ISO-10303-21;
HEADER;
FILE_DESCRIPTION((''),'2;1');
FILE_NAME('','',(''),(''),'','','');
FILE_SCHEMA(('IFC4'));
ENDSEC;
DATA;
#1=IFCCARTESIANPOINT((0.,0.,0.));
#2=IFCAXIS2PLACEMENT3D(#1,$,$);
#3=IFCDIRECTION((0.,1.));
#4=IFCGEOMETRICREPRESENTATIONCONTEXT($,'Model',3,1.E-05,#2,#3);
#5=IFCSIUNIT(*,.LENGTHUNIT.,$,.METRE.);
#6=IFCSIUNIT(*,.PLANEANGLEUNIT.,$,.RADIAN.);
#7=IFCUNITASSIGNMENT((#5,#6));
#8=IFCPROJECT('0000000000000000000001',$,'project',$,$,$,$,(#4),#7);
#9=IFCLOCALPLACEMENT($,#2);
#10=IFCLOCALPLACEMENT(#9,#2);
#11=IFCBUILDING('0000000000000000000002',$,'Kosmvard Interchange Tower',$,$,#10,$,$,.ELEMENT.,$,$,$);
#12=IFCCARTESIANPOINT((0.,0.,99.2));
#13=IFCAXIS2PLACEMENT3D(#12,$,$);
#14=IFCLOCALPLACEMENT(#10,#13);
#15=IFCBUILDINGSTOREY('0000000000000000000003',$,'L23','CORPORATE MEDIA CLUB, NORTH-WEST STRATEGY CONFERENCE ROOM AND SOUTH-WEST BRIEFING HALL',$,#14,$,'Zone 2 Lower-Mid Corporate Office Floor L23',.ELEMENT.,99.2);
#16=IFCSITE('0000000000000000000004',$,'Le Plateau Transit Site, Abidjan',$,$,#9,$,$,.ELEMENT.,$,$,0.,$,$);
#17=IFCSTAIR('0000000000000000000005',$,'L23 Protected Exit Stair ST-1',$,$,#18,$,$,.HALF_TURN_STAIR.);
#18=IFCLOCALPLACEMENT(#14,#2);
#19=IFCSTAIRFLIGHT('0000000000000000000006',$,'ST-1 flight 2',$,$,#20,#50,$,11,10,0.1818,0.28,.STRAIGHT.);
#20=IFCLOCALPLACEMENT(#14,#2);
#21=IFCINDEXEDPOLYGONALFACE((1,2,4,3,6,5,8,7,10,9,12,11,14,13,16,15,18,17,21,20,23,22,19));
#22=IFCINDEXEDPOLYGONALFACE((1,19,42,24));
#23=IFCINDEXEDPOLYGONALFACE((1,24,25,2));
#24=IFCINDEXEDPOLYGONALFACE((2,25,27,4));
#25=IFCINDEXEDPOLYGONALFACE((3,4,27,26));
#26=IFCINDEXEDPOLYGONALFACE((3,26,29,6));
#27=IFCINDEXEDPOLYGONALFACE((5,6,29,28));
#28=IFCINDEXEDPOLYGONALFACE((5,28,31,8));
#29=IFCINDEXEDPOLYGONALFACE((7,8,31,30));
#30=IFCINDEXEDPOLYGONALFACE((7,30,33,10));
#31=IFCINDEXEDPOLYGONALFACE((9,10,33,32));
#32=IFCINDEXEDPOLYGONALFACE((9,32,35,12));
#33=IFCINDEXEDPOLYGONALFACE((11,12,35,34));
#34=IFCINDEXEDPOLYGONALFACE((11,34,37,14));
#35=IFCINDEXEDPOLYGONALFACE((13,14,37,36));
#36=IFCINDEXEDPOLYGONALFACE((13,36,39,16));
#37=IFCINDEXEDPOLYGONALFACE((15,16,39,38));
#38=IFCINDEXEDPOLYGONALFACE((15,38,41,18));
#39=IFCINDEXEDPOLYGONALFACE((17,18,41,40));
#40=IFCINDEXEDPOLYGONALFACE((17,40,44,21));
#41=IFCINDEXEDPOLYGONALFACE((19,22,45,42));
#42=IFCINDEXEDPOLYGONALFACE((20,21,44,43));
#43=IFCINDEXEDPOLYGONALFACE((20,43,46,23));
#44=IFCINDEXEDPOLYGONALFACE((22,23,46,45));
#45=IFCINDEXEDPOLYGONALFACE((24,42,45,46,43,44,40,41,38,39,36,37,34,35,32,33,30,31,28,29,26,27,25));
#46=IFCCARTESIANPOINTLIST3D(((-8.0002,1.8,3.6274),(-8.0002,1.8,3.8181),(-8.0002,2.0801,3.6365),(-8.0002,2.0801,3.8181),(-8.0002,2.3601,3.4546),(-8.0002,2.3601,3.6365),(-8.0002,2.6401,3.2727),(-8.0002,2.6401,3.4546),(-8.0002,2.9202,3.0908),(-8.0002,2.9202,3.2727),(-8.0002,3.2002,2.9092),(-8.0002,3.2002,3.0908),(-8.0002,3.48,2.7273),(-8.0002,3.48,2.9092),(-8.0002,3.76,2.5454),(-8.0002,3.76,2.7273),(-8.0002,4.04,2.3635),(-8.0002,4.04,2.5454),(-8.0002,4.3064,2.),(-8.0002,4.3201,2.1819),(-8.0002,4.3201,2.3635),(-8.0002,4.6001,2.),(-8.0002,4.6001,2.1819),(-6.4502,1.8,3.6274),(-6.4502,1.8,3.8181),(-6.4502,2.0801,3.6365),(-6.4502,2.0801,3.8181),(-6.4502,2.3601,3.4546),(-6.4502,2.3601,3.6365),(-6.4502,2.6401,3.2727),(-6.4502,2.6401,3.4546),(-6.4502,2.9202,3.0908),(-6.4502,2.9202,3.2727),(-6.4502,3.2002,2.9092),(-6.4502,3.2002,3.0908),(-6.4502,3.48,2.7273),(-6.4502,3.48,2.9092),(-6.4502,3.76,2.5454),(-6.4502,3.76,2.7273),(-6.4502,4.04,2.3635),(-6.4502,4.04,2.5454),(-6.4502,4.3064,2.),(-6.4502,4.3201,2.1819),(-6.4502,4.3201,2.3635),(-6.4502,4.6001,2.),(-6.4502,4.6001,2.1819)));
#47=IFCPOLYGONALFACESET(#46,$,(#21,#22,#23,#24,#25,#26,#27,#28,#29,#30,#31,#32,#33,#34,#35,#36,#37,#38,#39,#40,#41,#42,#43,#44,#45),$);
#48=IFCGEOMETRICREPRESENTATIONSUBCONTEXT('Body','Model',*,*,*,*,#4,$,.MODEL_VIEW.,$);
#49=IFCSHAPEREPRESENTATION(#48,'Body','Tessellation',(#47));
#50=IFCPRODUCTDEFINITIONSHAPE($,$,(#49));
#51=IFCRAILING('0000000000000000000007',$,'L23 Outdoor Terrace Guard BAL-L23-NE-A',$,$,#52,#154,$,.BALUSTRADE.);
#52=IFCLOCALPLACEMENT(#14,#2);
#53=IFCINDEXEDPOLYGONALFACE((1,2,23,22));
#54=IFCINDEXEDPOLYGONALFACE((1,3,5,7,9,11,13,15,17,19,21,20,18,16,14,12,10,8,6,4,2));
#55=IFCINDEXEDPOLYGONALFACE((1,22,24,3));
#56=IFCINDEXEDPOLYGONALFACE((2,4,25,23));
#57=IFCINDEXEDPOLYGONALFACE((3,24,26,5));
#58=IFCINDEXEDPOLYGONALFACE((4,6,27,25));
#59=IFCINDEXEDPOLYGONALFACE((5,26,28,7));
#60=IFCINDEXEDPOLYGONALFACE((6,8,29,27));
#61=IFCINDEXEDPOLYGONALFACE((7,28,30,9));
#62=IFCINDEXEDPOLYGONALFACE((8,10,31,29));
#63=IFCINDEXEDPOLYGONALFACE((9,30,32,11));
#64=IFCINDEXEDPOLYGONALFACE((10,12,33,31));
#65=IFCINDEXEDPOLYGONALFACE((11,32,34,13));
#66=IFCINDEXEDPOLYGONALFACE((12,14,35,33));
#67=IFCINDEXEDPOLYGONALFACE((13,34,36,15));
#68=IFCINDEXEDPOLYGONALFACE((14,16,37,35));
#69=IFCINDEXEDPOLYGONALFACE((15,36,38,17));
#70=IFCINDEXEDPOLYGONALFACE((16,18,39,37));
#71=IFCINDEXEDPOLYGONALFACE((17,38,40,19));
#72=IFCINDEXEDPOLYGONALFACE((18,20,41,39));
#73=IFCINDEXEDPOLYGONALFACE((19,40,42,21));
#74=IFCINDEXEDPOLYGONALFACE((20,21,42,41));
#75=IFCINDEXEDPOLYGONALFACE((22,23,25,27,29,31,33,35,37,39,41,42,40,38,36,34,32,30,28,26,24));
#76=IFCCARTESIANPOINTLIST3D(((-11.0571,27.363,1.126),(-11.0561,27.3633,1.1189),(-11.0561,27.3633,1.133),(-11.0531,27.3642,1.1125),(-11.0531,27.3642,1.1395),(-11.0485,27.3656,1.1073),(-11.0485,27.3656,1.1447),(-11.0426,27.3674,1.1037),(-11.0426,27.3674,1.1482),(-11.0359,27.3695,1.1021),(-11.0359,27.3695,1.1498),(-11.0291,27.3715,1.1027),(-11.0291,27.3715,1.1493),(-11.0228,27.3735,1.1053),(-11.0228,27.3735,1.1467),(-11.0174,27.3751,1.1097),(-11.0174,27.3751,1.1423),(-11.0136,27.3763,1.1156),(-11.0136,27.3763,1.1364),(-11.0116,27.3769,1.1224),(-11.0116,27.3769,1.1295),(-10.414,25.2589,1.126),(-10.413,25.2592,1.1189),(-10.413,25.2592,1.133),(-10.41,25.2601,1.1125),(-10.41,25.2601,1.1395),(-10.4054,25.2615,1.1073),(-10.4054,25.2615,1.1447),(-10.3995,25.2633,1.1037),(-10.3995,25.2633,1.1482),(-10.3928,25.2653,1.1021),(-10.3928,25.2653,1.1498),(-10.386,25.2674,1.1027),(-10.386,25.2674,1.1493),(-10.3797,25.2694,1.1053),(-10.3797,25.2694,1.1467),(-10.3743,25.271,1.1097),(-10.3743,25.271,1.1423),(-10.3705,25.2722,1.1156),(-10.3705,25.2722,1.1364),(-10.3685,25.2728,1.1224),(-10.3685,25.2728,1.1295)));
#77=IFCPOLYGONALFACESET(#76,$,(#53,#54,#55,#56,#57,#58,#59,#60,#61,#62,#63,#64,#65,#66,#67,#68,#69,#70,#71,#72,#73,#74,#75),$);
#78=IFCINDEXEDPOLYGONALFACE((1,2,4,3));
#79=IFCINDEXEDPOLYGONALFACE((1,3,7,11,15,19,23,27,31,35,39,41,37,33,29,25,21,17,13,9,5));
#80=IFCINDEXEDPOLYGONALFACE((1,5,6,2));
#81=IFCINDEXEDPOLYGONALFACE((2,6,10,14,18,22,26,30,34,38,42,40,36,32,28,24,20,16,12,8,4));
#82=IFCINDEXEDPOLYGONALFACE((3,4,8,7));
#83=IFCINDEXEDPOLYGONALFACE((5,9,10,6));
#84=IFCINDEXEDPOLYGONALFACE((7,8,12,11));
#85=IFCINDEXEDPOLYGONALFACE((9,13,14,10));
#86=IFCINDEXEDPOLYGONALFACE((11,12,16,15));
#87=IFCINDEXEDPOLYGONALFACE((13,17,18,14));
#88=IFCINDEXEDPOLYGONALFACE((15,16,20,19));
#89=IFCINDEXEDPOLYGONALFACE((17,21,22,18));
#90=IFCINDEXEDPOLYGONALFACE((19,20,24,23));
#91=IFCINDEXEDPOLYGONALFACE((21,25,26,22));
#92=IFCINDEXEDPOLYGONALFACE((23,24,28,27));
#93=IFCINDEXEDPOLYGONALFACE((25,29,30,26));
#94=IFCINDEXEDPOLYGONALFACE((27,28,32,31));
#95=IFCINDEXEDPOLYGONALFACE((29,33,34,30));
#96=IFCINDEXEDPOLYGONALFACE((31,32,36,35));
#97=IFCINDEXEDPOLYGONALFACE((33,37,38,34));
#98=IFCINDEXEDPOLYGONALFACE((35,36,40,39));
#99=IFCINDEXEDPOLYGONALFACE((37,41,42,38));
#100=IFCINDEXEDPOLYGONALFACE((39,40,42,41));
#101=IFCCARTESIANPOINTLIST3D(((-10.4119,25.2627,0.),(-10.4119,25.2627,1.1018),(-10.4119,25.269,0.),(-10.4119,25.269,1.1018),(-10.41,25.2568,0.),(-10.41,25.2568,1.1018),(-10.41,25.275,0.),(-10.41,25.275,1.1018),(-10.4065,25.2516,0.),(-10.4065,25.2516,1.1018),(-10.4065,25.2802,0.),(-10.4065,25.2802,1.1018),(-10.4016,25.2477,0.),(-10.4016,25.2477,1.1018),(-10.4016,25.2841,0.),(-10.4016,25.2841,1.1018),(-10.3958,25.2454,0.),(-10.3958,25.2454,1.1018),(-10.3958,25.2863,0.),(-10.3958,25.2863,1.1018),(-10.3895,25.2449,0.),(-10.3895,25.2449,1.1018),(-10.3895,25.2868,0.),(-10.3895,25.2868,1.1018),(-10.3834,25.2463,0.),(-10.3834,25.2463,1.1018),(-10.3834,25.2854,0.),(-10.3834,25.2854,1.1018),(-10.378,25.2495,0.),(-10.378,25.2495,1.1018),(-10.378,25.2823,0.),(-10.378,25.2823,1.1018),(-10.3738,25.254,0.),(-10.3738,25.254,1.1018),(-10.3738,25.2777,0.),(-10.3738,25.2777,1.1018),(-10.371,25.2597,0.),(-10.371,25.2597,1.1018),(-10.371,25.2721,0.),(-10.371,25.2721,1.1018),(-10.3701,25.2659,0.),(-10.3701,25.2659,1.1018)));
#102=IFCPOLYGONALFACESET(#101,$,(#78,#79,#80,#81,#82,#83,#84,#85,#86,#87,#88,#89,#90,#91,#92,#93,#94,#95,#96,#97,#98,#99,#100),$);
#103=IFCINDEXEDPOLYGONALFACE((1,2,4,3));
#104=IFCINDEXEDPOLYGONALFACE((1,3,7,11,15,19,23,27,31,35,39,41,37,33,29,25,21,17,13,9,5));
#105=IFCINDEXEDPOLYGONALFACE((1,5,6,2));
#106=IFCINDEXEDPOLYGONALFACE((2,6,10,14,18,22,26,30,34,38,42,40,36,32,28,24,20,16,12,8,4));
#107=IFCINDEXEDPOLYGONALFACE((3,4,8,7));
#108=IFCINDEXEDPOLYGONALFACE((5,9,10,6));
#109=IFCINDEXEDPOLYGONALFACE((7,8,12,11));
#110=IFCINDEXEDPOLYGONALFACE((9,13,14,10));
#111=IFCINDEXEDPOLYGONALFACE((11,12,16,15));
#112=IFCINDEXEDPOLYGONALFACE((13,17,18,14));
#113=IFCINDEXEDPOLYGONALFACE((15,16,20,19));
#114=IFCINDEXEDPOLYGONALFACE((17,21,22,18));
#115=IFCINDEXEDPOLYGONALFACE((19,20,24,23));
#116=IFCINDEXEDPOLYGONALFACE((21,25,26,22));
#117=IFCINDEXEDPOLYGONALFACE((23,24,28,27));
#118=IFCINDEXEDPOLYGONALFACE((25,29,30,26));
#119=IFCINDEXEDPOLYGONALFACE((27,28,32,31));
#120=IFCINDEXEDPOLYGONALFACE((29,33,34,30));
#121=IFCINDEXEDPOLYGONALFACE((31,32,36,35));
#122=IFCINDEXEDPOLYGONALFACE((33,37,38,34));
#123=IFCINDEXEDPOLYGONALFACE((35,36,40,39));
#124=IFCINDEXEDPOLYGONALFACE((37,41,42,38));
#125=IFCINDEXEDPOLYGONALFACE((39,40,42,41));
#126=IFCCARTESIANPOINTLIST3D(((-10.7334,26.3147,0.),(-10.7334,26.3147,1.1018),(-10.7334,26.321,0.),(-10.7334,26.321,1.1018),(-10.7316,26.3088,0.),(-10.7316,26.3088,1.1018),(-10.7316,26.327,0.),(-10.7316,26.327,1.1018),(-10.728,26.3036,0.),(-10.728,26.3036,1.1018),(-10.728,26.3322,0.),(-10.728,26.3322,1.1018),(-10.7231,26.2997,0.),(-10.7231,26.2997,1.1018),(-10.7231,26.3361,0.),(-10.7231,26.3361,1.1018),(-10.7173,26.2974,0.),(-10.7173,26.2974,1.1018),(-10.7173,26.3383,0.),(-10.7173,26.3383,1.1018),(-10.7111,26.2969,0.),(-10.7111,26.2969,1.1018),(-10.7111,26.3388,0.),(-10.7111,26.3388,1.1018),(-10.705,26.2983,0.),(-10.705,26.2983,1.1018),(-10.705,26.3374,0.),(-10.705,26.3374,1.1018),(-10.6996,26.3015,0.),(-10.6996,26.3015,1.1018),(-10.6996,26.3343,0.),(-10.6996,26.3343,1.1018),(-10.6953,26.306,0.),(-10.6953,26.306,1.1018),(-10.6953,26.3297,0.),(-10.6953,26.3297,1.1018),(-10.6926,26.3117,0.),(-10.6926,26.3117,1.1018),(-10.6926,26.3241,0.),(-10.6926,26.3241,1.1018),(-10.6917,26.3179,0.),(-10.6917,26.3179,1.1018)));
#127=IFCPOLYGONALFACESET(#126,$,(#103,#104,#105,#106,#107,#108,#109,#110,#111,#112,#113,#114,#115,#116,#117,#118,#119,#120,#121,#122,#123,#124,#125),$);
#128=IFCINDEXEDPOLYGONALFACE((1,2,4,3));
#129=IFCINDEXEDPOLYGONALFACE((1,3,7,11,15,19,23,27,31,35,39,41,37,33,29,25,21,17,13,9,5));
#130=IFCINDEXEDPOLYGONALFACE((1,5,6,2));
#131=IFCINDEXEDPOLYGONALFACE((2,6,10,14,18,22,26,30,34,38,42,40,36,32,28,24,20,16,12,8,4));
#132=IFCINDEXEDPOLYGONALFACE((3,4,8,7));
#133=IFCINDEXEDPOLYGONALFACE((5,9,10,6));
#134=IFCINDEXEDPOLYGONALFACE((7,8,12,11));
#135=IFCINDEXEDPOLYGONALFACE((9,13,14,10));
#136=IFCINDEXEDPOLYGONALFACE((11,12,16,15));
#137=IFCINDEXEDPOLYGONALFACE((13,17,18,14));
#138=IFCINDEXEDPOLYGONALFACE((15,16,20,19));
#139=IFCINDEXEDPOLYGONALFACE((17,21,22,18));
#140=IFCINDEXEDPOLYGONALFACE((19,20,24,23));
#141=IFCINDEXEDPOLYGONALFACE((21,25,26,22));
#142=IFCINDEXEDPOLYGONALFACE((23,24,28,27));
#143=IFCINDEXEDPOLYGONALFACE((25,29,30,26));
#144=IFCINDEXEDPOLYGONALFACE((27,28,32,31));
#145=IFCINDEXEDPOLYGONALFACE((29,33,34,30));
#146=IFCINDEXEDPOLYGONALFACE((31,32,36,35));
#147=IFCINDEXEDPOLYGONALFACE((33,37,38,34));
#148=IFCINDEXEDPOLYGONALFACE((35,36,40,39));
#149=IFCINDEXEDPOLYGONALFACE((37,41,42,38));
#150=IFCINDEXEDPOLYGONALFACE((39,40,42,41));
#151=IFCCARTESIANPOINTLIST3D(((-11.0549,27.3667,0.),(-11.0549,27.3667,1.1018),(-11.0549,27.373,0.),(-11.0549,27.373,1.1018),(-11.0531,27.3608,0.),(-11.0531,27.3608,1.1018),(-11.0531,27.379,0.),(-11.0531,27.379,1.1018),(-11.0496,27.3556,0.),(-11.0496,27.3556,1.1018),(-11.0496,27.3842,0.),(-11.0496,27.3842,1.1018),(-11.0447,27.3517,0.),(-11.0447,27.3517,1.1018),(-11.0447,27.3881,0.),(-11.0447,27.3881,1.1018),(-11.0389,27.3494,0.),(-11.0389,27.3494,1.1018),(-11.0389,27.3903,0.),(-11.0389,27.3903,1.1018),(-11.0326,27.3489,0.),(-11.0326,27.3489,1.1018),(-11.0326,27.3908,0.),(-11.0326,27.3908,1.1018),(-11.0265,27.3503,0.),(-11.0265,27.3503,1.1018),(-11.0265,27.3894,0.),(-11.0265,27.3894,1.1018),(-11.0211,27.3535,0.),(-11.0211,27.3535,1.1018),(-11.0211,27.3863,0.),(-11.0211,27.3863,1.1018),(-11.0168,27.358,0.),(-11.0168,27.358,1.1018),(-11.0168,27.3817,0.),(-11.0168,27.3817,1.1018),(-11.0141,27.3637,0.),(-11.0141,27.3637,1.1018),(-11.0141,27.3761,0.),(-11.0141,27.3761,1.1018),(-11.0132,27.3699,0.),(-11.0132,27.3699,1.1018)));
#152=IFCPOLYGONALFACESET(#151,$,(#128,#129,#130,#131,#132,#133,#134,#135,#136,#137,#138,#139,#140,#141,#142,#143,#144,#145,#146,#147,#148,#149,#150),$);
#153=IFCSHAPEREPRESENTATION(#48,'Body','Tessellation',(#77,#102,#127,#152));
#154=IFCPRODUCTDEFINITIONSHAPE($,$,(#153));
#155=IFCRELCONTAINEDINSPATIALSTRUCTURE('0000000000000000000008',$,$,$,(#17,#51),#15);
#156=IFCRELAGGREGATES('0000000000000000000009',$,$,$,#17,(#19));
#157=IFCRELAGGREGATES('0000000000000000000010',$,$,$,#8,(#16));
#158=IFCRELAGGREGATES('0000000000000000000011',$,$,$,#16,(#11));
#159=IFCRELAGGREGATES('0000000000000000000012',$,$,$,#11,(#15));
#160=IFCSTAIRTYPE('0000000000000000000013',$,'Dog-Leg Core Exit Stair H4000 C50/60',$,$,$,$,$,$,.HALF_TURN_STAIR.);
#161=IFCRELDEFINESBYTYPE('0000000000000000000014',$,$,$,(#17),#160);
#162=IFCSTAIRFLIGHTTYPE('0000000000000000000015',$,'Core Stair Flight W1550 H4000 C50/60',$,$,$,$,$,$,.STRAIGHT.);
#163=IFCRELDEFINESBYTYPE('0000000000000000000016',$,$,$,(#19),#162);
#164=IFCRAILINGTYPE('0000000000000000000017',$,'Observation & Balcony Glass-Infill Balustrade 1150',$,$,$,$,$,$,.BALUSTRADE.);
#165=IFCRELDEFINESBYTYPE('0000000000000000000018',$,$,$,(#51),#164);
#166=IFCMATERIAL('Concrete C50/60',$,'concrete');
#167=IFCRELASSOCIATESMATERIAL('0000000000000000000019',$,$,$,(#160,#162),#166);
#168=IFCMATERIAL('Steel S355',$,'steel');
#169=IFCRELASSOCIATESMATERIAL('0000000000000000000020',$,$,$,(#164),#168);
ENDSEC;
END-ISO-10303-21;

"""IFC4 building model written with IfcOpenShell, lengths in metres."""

from ifc_helpers import new_model, si_unit, direction, frame, origin, origin_2d, place, context, subcontext, project, spatial, polyline, circle, outline, extrude, source, transform, mapped, material, type_object, element, aggregate, save


model = new_model("IFC4")

# Units and contexts
model_context = context("Model", 3, precision=1e-05, world=origin(), true_north=direction((0.0, 1.0)))
body_context = subcontext(model_context, "Body", "Model", "MODEL_VIEW")
ifc_project = project(units=[si_unit("LENGTHUNIT", "METRE"), si_unit("PLANEANGLEUNIT", "RADIAN")], contexts=[model_context])

# Site, building, storey
site_placement = place(None, origin())
site = spatial("IfcSite", under=ifc_project, at=site_placement, Name="Le Plateau Transit Site, Abidjan", CompositionType="ELEMENT", RefElevation=0.0)
building_placement = place(site_placement, origin())
building = spatial("IfcBuilding", under=site, at=building_placement, Name="Kosmvard Interchange Tower", CompositionType="ELEMENT")
storey_placement = place(building_placement, frame((0.0, 0.0, 99.2)))
storey = spatial("IfcBuildingStorey", under=building, at=storey_placement, Name="L23", Description="CORPORATE MEDIA CLUB, NORTH-WEST STRATEGY CONFERENCE ROOM AND SOUTH-WEST BRIEFING HALL", LongName="Zone 2 Lower-Mid Corporate Office Floor L23", CompositionType="ELEMENT", Elevation=99.2)

# Shared definitions
ifc_material_1 = material(Name="Steel S355", Category="steel")

# Stair, stair flight
ifc_material_2 = material(Name="Concrete C50/60", Category="concrete")
stair_type = type_object("IfcStairType", Name="Dog-Leg Core Exit Stair H4000 C50/60", PredefinedType="HALF_TURN_STAIR", material=ifc_material_2)
stair_placement = place(storey_placement, origin())
stair = element("IfcStair", 1, at=stair_placement, inside=storey, type_object=stair_type, Name="L23 Protected Exit Stair ST-1", PredefinedType="HALF_TURN_STAIR")
stair_flight_type = type_object("IfcStairFlightType", Name="Core Stair Flight W1550 H4000 C50/60", PredefinedType="STRAIGHT", material=ifc_material_2)
shared_shape_1 = source(origin(), body_context, "Body", "SweptSolid", [
    extrude(outline(polyline([(0.0, 0.0), (0.0, 0.1819), (0.28, 0.1819), (0.28, 0.3635), (0.5601, 0.3635), (0.5601, 0.5454), (0.8401, 0.5454), (0.8401, 0.7273), (1.1201, 0.7273), (1.1201, 0.9092), (1.3999, 0.9092), (1.3999, 1.0908), (1.6799, 1.0908), (1.6799, 1.2727), (1.96, 1.2727), (1.96, 1.4546), (2.24, 1.4546), (2.24, 1.6365), (2.52, 1.6365), (2.52, 1.8181), (2.8, 1.8181), (2.8, 2.0), (2.8, 1.6274), (0.2937, 0.0), (0.0, 0.0)])), frame((0.0, 0.7749, 0.0), z_axis=(0.0, -1.0, 0.0), x_axis=(1.0, 0.0, 0.0)), (0.0, 0.0, 1.0), 1.55),
])
stair_flight_placement = place(storey_placement, frame((-7.2251, 4.6001, 2.0), z_axis=(0.0, 0.0, 1.0), x_axis=(0.0, -1.0, 0.0)))
stair_flight = element("IfcStairFlight", 2, at=stair_flight_placement, type_object=stair_flight_type, Name="ST-1 flight 2", NumberOfRisers=11, NumberOfTreads=10, PredefinedType="STRAIGHT", RiserHeight=0.1818, TreadLength=0.28, context=body_context, shape_type="MappedRepresentation", body=[
    mapped(shared_shape_1, transform((0.0, 0.0, 0.0), scale=1.0)),
])
aggregate(stair, [stair_flight])

# Railing
railing_type_1 = type_object("IfcRailingType", Name="Observation & Balcony Glass-Infill Balustrade 1150", PredefinedType="BALUSTRADE", material=ifc_material_1)
shared_shape_2 = source(origin(), body_context, "Body", "SweptSolid", [
    extrude(circle(Radius=0.0239, at=origin_2d()), frame((0.0, 0.0, 1.126), z_axis=(-0.292292, 0.956329, 0.0), x_axis=(-0.956329, -0.292292, 0.0)), (0.0, 0.0, 1.0), 2.2002),
    extrude(circle(Radius=0.021, at=origin_2d()), origin(), (0.0, 0.0, 1.0), 1.1018),
    extrude(circle(Radius=0.021, at=origin_2d()), frame((-0.3215, 1.052, 0.0)), (0.0, 0.0, 1.0), 1.1018),
    extrude(circle(Radius=0.021, at=origin_2d()), frame((-0.6431, 2.104, 0.0)), (0.0, 0.0, 1.0), 1.1018),
])
railing_1_placement = place(storey_placement, frame((-10.3911, 25.2659, 0.0)))
element("IfcRailing", 3, at=railing_1_placement, inside=storey, type_object=railing_type_1, Name="L23 Outdoor Terrace Guard BAL-L23-NE-A", PredefinedType="BALUSTRADE", context=body_context, shape_type="MappedRepresentation", body=[
    mapped(shared_shape_2, transform((0.0, 0.0, 0.0), scale=1.0)),
])

save(model, "model.ifc")
